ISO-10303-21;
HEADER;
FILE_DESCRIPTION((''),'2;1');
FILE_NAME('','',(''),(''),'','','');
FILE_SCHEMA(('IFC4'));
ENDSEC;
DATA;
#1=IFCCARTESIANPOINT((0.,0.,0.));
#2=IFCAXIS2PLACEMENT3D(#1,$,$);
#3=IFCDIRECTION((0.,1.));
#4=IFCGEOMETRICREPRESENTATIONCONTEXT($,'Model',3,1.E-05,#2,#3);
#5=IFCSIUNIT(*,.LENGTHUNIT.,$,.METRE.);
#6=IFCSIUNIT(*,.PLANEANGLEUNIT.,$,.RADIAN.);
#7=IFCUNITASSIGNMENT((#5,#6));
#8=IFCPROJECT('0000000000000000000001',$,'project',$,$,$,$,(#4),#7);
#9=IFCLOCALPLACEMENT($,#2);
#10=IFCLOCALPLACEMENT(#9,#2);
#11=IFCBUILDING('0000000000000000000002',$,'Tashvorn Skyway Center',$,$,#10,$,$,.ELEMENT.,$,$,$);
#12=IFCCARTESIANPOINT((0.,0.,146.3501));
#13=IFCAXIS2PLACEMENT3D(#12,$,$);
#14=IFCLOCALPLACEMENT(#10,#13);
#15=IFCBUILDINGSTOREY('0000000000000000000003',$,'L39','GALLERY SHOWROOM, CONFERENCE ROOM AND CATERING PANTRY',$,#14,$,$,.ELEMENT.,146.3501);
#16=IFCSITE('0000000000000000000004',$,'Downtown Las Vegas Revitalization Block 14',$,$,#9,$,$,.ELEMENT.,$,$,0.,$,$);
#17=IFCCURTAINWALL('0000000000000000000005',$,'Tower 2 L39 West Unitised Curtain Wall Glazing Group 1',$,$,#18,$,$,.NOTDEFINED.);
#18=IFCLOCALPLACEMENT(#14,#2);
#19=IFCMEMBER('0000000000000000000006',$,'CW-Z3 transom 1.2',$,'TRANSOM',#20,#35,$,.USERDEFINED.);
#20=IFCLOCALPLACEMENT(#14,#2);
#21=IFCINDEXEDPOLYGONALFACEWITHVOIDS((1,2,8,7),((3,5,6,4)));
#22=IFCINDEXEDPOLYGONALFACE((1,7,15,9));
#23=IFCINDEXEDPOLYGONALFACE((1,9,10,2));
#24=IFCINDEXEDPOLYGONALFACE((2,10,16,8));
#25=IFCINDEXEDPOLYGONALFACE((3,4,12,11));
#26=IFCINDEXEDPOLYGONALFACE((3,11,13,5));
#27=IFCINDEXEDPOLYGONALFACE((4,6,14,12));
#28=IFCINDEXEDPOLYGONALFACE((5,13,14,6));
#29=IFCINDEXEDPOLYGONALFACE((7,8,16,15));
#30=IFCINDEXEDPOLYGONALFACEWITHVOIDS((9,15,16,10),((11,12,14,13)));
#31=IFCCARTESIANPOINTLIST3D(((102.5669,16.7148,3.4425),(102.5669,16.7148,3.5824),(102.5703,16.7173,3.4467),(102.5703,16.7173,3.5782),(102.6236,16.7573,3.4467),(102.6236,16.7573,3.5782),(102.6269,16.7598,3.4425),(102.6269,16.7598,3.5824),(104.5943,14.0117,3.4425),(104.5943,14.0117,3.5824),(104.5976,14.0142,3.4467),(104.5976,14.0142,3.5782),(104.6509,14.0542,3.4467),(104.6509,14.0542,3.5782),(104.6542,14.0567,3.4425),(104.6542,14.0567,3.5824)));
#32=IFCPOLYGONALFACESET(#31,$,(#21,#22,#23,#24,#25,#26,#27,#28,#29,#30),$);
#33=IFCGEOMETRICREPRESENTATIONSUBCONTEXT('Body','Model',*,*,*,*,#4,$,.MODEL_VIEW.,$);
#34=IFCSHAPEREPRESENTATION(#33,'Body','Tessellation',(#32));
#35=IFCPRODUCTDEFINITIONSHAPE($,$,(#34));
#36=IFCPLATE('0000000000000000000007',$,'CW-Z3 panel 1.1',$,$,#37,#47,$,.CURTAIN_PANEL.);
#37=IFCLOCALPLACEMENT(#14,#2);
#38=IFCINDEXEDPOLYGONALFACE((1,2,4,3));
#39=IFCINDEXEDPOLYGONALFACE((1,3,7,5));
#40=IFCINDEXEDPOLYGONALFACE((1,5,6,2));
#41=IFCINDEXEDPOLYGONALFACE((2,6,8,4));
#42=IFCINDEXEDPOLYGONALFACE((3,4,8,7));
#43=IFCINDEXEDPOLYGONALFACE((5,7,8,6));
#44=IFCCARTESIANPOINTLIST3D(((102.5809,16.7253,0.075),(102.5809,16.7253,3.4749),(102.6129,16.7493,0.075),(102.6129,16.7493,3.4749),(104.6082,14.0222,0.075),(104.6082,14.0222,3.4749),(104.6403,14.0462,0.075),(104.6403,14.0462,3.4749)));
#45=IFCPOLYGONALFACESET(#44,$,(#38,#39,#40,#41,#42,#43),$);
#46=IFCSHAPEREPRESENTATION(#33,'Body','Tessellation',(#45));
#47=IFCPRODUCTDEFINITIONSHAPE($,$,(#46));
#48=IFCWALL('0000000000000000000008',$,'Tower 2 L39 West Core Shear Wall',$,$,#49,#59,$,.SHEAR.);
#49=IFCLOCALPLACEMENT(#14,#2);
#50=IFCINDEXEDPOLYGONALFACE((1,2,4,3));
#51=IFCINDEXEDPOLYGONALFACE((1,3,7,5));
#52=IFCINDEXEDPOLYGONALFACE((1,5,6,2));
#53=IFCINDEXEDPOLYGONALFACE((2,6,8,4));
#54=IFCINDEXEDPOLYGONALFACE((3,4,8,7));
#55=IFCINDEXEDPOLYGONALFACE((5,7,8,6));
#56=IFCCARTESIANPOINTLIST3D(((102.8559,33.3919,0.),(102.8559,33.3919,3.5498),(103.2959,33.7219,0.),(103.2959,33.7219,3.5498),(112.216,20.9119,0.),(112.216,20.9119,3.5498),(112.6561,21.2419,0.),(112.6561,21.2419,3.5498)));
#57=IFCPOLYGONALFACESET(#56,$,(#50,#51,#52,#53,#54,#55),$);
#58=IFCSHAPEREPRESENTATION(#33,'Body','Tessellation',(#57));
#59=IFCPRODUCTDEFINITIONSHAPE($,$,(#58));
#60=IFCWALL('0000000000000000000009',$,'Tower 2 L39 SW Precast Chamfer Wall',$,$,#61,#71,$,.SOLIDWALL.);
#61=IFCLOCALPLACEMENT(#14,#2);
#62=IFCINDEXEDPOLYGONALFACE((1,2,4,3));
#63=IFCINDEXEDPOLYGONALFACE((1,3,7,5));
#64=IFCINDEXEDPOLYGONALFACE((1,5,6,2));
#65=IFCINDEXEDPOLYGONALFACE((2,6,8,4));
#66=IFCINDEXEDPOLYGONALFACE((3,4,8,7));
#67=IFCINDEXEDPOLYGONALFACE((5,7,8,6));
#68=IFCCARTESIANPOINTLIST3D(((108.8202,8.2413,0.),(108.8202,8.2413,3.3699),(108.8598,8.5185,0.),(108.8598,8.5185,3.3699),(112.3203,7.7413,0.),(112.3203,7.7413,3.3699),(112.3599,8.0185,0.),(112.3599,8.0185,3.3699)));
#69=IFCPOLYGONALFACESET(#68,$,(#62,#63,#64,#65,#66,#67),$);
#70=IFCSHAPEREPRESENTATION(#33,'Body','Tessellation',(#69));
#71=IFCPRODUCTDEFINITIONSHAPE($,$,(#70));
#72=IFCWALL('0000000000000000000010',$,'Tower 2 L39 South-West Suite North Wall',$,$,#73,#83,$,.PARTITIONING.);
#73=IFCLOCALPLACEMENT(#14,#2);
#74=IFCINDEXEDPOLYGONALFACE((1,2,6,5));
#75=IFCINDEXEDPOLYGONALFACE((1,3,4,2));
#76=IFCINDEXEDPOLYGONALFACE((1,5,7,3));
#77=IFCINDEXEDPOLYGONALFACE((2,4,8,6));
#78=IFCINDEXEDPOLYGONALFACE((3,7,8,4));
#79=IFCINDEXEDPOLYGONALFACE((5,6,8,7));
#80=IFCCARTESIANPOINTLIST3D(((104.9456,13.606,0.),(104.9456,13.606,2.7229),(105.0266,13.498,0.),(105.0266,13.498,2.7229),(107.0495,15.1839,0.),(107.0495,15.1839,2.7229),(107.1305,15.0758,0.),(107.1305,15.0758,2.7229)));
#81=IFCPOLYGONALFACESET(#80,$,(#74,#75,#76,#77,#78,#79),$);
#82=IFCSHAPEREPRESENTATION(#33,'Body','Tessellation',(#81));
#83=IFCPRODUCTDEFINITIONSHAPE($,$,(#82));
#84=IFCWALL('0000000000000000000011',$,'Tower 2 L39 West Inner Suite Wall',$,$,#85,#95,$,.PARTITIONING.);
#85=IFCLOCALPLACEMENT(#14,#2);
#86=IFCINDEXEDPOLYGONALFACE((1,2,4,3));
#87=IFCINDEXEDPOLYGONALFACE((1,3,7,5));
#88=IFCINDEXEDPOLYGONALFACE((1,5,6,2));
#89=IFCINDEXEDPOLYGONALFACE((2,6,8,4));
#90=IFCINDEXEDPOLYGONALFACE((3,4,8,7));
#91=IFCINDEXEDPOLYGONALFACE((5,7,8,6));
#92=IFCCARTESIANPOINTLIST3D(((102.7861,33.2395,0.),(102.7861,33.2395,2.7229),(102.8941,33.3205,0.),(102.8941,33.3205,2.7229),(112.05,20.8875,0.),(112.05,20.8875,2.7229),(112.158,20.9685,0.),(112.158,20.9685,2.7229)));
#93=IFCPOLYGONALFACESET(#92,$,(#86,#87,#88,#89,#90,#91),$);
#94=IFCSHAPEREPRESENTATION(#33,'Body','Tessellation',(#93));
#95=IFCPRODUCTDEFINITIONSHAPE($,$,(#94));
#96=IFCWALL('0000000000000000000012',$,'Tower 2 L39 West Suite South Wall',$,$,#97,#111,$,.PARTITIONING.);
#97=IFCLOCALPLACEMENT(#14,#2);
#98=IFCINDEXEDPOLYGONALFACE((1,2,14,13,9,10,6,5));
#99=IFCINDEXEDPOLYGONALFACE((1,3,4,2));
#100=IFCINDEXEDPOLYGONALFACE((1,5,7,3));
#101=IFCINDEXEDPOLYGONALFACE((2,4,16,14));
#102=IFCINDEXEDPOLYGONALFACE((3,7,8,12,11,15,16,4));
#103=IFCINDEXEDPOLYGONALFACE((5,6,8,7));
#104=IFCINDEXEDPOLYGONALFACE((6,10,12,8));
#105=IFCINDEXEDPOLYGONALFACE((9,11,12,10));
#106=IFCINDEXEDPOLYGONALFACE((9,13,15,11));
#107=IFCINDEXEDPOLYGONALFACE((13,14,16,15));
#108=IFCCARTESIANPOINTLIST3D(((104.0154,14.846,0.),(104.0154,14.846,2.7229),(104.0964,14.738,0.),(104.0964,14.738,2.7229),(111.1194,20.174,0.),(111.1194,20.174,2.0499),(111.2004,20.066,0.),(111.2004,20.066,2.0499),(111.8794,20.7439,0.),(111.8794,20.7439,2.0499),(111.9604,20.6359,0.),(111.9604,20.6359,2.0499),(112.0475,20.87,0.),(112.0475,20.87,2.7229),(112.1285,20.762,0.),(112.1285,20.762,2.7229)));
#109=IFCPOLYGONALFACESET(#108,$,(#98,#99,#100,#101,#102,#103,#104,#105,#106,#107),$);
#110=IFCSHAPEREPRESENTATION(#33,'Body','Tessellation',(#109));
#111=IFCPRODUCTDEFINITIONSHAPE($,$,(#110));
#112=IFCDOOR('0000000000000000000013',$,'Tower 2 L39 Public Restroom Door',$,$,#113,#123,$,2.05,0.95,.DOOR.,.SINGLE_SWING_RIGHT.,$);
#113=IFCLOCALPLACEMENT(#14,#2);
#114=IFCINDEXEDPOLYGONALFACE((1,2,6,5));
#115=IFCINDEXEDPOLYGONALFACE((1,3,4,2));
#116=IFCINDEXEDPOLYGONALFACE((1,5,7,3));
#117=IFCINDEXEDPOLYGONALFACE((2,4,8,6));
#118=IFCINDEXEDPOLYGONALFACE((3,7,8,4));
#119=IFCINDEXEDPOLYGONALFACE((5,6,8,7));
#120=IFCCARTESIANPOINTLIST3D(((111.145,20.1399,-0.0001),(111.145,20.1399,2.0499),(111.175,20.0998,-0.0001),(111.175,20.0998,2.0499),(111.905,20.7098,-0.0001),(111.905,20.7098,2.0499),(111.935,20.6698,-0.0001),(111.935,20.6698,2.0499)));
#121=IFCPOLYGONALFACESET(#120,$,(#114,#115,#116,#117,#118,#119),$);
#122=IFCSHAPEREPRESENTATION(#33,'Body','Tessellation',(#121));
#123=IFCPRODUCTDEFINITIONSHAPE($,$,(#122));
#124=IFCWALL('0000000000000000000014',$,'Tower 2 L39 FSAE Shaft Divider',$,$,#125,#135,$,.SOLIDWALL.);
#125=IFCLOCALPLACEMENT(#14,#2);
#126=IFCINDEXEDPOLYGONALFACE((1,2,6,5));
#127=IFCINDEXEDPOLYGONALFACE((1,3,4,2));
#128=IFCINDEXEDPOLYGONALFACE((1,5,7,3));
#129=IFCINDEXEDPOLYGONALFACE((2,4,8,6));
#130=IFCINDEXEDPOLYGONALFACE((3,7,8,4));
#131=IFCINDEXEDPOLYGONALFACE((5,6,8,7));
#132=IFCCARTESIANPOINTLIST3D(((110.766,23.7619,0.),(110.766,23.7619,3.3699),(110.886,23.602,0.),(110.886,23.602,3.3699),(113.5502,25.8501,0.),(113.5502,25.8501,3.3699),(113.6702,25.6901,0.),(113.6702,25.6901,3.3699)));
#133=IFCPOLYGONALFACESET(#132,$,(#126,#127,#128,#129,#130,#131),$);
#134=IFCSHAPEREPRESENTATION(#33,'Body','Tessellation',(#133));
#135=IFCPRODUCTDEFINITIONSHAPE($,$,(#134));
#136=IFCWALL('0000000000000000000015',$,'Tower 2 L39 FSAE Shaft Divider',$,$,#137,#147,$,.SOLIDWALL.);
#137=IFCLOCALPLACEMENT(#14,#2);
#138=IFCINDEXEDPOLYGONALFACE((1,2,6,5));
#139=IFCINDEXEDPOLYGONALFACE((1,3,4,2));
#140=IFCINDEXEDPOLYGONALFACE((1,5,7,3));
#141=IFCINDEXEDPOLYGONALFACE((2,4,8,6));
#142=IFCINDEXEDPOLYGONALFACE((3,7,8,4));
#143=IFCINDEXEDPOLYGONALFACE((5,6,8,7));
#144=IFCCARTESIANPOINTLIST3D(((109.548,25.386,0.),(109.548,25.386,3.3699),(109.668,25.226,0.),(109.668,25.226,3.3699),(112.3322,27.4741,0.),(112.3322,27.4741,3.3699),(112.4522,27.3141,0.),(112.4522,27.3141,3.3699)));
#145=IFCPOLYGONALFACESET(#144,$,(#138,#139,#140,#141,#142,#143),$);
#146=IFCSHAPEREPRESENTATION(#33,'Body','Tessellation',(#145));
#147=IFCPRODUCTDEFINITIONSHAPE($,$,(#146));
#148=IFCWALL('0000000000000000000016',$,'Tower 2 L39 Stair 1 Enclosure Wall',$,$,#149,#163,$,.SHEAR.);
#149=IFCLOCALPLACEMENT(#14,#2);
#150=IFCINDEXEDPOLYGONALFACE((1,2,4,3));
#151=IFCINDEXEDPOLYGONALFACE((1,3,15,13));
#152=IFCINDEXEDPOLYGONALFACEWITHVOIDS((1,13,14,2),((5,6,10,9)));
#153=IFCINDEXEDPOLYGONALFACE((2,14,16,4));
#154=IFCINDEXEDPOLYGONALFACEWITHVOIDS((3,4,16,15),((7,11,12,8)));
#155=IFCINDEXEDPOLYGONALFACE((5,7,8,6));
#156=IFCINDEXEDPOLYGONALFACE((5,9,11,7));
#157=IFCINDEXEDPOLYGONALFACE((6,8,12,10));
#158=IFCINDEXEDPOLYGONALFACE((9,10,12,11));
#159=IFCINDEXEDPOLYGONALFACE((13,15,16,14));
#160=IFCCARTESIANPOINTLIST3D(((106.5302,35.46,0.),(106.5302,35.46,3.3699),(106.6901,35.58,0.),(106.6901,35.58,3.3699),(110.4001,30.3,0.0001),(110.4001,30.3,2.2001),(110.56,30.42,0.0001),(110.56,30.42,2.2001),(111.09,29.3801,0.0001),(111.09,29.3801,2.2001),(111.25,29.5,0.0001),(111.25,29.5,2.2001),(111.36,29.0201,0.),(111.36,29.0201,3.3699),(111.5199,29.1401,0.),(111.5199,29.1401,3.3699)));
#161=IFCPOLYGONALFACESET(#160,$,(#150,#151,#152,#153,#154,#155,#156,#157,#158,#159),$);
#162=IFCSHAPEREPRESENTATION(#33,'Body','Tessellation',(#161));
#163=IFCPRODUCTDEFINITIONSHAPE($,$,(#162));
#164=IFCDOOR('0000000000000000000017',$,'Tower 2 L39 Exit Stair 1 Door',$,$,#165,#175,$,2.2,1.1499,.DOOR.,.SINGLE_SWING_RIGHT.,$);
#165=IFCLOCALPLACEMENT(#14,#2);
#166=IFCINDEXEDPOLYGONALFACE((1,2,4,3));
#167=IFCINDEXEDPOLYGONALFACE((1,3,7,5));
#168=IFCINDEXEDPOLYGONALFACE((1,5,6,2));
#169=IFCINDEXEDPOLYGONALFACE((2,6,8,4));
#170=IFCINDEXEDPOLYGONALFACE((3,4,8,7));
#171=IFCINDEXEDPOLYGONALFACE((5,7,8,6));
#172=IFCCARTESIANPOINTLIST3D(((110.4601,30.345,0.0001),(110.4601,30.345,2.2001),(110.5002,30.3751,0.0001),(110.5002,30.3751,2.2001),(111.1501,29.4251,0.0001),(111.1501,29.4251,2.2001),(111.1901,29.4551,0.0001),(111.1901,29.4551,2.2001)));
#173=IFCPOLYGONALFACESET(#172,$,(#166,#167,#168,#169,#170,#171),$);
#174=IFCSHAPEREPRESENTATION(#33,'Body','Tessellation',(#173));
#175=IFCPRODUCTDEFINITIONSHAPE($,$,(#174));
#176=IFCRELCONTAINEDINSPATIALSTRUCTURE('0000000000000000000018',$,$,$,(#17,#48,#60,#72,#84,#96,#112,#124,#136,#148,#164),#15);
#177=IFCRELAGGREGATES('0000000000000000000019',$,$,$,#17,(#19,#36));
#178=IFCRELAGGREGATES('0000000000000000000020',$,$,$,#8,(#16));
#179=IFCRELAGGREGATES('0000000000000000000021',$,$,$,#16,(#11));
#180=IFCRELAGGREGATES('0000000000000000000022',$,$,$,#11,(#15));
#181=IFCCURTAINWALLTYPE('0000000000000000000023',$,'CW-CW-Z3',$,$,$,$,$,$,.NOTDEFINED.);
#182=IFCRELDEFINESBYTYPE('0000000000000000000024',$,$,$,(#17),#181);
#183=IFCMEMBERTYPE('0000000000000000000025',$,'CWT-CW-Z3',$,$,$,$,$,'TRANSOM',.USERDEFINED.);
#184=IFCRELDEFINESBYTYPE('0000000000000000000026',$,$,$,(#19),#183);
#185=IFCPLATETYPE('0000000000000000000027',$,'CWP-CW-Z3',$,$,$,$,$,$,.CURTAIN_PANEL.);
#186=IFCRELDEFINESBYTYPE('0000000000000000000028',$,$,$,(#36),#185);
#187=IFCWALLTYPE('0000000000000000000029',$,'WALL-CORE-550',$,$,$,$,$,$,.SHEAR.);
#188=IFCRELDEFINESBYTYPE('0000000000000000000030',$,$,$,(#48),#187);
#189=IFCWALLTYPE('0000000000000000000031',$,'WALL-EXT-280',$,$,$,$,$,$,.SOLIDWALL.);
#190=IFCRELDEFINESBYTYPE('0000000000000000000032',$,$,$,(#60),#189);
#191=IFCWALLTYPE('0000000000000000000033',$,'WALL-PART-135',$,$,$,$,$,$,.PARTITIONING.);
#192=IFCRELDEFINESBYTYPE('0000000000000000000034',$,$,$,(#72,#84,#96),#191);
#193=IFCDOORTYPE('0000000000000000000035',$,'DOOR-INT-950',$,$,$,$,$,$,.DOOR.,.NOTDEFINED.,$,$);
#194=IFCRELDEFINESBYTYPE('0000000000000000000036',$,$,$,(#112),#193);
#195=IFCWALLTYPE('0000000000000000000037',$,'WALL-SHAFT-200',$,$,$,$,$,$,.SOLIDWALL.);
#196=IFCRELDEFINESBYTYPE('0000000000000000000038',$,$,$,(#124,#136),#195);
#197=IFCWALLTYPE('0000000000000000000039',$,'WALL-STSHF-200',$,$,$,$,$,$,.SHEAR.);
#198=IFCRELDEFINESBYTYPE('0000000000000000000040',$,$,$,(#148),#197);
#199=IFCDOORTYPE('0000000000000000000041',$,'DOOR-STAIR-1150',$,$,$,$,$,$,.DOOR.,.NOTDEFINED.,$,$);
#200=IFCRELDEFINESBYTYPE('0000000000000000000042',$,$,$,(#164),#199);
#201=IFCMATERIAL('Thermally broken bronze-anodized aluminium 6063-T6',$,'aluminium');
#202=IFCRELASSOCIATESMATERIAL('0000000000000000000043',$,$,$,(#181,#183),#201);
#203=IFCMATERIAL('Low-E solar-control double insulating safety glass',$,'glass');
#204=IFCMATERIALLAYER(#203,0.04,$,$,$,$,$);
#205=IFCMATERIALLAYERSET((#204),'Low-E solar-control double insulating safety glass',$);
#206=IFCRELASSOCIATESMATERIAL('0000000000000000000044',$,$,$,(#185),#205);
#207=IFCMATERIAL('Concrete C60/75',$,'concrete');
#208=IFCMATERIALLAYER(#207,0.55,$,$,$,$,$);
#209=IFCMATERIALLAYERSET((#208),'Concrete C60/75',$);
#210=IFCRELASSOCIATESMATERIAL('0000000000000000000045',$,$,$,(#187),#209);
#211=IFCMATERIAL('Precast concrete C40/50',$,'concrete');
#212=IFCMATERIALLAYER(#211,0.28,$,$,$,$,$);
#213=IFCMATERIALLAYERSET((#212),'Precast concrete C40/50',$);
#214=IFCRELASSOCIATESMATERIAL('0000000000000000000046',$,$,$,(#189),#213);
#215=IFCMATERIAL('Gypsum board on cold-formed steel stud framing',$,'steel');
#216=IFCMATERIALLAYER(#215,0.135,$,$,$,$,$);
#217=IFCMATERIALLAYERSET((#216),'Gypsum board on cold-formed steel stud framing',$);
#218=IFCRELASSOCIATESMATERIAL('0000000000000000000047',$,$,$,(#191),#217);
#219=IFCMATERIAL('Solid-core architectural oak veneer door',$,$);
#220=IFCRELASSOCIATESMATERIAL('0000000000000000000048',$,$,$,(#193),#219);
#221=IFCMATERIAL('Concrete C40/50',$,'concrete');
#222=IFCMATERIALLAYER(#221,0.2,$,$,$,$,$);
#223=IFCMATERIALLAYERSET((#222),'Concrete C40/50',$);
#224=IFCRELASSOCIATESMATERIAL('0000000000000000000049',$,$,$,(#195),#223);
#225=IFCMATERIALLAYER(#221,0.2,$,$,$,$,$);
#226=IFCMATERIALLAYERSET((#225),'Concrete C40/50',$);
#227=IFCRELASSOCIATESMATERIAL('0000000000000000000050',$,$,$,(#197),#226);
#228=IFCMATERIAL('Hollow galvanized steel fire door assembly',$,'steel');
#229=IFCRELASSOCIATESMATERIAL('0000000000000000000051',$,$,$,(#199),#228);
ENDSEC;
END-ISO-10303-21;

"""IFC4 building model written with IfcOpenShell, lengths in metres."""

from ifc_helpers import new_model, si_unit, direction, frame, frame_2d, origin, origin_2d, place, context, subcontext, project, spatial, rectangle, hollow_rectangle, extrude, material, layer, layer_set, material_profile, profile_set, type_object, element, fill, aggregate, save


model = new_model("IFC4")

# Units and contexts
model_context = context("Model", 3, precision=1e-05, world=origin(), true_north=direction((0.0, 1.0)))
body_context = subcontext(model_context, "Body", "Model", "MODEL_VIEW")
ifc_project = project(units=[si_unit("LENGTHUNIT", "METRE"), si_unit("PLANEANGLEUNIT", "RADIAN")], contexts=[model_context])

# Site, building, storey
site_placement = place(None, origin())
site = spatial("IfcSite", under=ifc_project, at=site_placement, Name="Downtown Las Vegas Revitalization Block 14", CompositionType="ELEMENT", RefElevation=0.0)
building_placement = place(site_placement, origin())
building = spatial("IfcBuilding", under=site, at=building_placement, Name="Tashvorn Skyway Center", CompositionType="ELEMENT")
storey_placement = place(building_placement, frame((0.0, 0.0, 146.3501)))
storey = spatial("IfcBuildingStorey", under=building, at=storey_placement, Name="L39", Description="GALLERY SHOWROOM, CONFERENCE ROOM AND CATERING PANTRY", CompositionType="ELEMENT", Elevation=146.3501)

# Shared definitions
ifc_material_1 = material(Name="Concrete C60/75", Category="concrete")

# Curtain wall, member, plate
ifc_material_2 = material(Name="Thermally broken bronze-anodized aluminium 6063-T6", Category="aluminium")
curtain_wall_type = type_object("IfcCurtainWallType", Name="CW-CW-Z3", PredefinedType="NOTDEFINED", material=ifc_material_2)
curtain_wall_placement = place(storey_placement, origin())
curtain_wall = element("IfcCurtainWall", 1, at=curtain_wall_placement, inside=storey, type_object=curtain_wall_type, Name="Tower 2 L39 West Unitised Curtain Wall Glazing Group 1", PredefinedType="NOTDEFINED")
ifc_material_profile_1 = material_profile(ifc_material_2, hollow_rectangle(XDim=0.075, YDim=0.1399, WallThickness=0.0042, at=origin_2d()), Name="ALU-TRAN-75x140")
ifc_profile_set_1 = profile_set([ifc_material_profile_1], Name="Thermally broken bronze-anodized aluminium 6063-T6")
member_type_1 = type_object("IfcMemberType", Name="CWT-CW-Z3", ElementType="TRANSOM", PredefinedType="USERDEFINED", material=ifc_profile_set_1)
member_1_placement = place(storey_placement, frame((104.6243, 14.0342, 3.5125), z_axis=(-0.6, 0.8, 0.0), x_axis=(-0.8, -0.6, 0.0)))
member_1 = element("IfcMember", 2, at=member_1_placement, type_object=member_type_1, Name="CW-Z3 transom 1.2", ObjectType="TRANSOM", PredefinedType="USERDEFINED", context=body_context, shape_type="SweptSolid", body=[
    extrude(hollow_rectangle(XDim=0.075, YDim=0.1399, WallThickness=0.0042, at=origin_2d()), origin(), (0.0, 0.0, 1.0), 3.3789),
])
ifc_material_3 = material(Name="Low-E solar-control double insulating safety glass", Category="glass")
ifc_layer_1 = layer(ifc_material_3, 0.04)
ifc_layer_set_1 = layer_set([ifc_layer_1], Name="Low-E solar-control double insulating safety glass")
plate_type = type_object("IfcPlateType", Name="CWP-CW-Z3", PredefinedType="CURTAIN_PANEL", material=ifc_layer_set_1)
plate_placement = place(storey_placement, frame((103.6106, 15.3857, 0.075), z_axis=(0.0, 0.0, 1.0), x_axis=(-0.599995, 0.800003, 0.0)))
plate = element("IfcPlate", 3, at=plate_placement, type_object=plate_type, Name="CW-Z3 panel 1.1", PredefinedType="CURTAIN_PANEL", context=body_context, shape_type="SweptSolid", body=[
    extrude(rectangle(XDim=3.3789, YDim=0.04, at=origin_2d()), origin(), (0.0, 0.0, 1.0), 3.3999),
])
aggregate(curtain_wall, [member_1, plate])

# Walls
ifc_layer_2 = layer(ifc_material_1, 0.55)
ifc_layer_set_2 = layer_set([ifc_layer_2], Name="Concrete C60/75")
wall_type_1 = type_object("IfcWallType", Name="WALL-CORE-550", PredefinedType="SHEAR", material=ifc_layer_set_2)
wall_1_placement = place(storey_placement, frame((112.436, 21.0769, 0.0), z_axis=(0.0, 0.0, 1.0), x_axis=(-0.600005, 0.799996, 0.0)))
element("IfcWall", 4, at=wall_1_placement, inside=storey, type_object=wall_type_1, Name="Tower 2 L39 West Core Shear Wall", PredefinedType="SHEAR", context=body_context, shape_type="SweptSolid", body=[
    extrude(rectangle(XDim=15.6001, YDim=0.55, at=frame_2d((7.8, 0.0))), origin(), (0.0, 0.0, 1.0), 3.5498),
])
ifc_material_4 = material(Name="Precast concrete C40/50", Category="concrete")
ifc_layer_3 = layer(ifc_material_4, 0.28)
ifc_layer_set_3 = layer_set([ifc_layer_3], Name="Precast concrete C40/50")
wall_type_2 = type_object("IfcWallType", Name="WALL-EXT-280", PredefinedType="SOLIDWALL", material=ifc_layer_set_3)
wall_2_placement = place(storey_placement, frame((112.3401, 7.8799, 0.0), z_axis=(0.0, 0.0, 1.0), x_axis=(-0.989949, 0.141421, 0.0)))
element("IfcWall", 5, at=wall_2_placement, inside=storey, type_object=wall_type_2, Name="Tower 2 L39 SW Precast Chamfer Wall", PredefinedType="SOLIDWALL", context=body_context, shape_type="SweptSolid", body=[
    extrude(rectangle(XDim=3.5356, YDim=0.28, at=frame_2d((1.7678, 0.0))), origin(), (0.0, 0.0, 1.0), 3.3699),
])
ifc_material_5 = material(Name="Gypsum board on cold-formed steel stud framing", Category="steel")
ifc_layer_4 = layer(ifc_material_5, 0.135)
ifc_layer_set_4 = layer_set([ifc_layer_4], Name="Gypsum board on cold-formed steel stud framing")
wall_type_3 = type_object("IfcWallType", Name="WALL-PART-135", PredefinedType="PARTITIONING", material=ifc_layer_set_4)
wall_3_placement = place(storey_placement, frame((104.9861, 13.552, 0.0), z_axis=(0.0, 0.0, 1.0), x_axis=(0.800022, 0.59997, 0.0)))
element("IfcWall", 6, at=wall_3_placement, inside=storey, type_object=wall_type_3, Name="Tower 2 L39 South-West Suite North Wall", PredefinedType="PARTITIONING", context=body_context, shape_type="SweptSolid", body=[
    extrude(rectangle(XDim=2.6299, YDim=0.135, at=frame_2d((1.3149, 0.0))), origin(), (0.0, 0.0, 1.0), 2.7229),
])
wall_4_placement = place(storey_placement, frame((112.104, 20.928, 0.0), z_axis=(0.0, 0.0, 1.0), x_axis=(-0.599995, 0.800004, 0.0)))
element("IfcWall", 7, at=wall_4_placement, inside=storey, type_object=wall_type_3, Name="Tower 2 L39 West Inner Suite Wall", PredefinedType="PARTITIONING", context=body_context, shape_type="SweptSolid", body=[
    extrude(rectangle(XDim=15.4399, YDim=0.135, at=frame_2d((7.72, 0.0))), origin(), (0.0, 0.0, 1.0), 2.7229),
])

# Wall, opening, door
wall_5_placement = place(storey_placement, frame((104.0559, 14.792, 0.0), z_axis=(0.0, 0.0, 1.0), x_axis=(0.800003, 0.599996, 0.0)))
wall_5 = element("IfcWall", 8, at=wall_5_placement, inside=storey, type_object=wall_type_3, Name="Tower 2 L39 West Suite South Wall", PredefinedType="PARTITIONING", context=body_context, shape_type="SweptSolid", body=[
    extrude(rectangle(XDim=10.04, YDim=0.135, at=frame_2d((5.02, 0.0))), origin(), (0.0, 0.0, 1.0), 2.7229),
])
opening_1_placement = place(wall_5_placement, frame((8.8799, 0.0, 0.0)))
opening_1 = element("IfcOpeningElement", 9, at=opening_1_placement, cuts=wall_5, PredefinedType="OPENING", context=body_context, shape_type="SweptSolid", body=[
    extrude(rectangle(XDim=0.95, YDim=2.05, at=frame_2d((0.4751, 1.0249))), frame((0.0, 0.0774, 0.0), z_axis=(0.0, -1.0, 0.0), x_axis=(1.0, 0.0, 0.0)), (0.0, 0.0, 1.0), 0.155),
])
ifc_material_6 = material(Name="Solid-core architectural oak veneer door")
door_type_1 = type_object("IfcDoorType", Name="DOOR-INT-950", OperationType="NOTDEFINED", PredefinedType="DOOR", material=ifc_material_6)
door_1_placement = place(opening_1_placement, origin())
door_1 = element("IfcDoor", 10, at=door_1_placement, inside=storey, type_object=door_type_1, Name="Tower 2 L39 Public Restroom Door", OperationType="SINGLE_SWING_RIGHT", OverallHeight=2.05, OverallWidth=0.95, PredefinedType="DOOR", context=body_context, shape_type="SweptSolid", body=[
    extrude(rectangle(XDim=0.95, YDim=2.05, at=frame_2d((0.4751, 1.0249))), frame((0.0, 0.0249, 0.0), z_axis=(0.0, -1.0, 0.0), x_axis=(1.0, 0.0, 0.0)), (0.0, 0.0, 1.0), 0.05),
])
fill(opening_1, door_1)

# Walls
ifc_material_7 = material(Name="Concrete C40/50", Category="concrete")
ifc_layer_5 = layer(ifc_material_7, 0.2)
ifc_layer_set_5 = layer_set([ifc_layer_5], Name="Concrete C40/50")
wall_type_4 = type_object("IfcWallType", Name="WALL-SHAFT-200", PredefinedType="SOLIDWALL", material=ifc_layer_set_5)
for number, where, z_axis, x_axis, name in (
    (11, (110.8259, 23.6819, 0.0), (0.0, 0.0, 1.0), (0.8, 0.6, 0.0), "Tower 2 L39 FSAE Shaft Divider"),
    (12, (109.6079, 25.3059, 0.0), (0.0, 0.0, 1.0), (0.8, 0.6, 0.0), "Tower 2 L39 FSAE Shaft Divider"),
):
    element("IfcWall", number, at=place(storey_placement, frame(where, z_axis=z_axis, x_axis=x_axis)), inside=storey, type_object=wall_type_4, Name=name, PredefinedType="SOLIDWALL", context=body_context, shape_type="SweptSolid", body=[
        extrude(rectangle(XDim=3.4802, YDim=0.2, at=frame_2d((1.7402, 0.0))), origin(), (0.0, 0.0, 1.0), 3.3699),
    ])

# Wall, opening, door
ifc_layer_6 = layer(ifc_material_7, 0.2)
ifc_layer_set_6 = layer_set([ifc_layer_6], Name="Concrete C40/50")
wall_type_5 = type_object("IfcWallType", Name="WALL-STSHF-200", PredefinedType="SHEAR", material=ifc_layer_set_6)
wall_6_placement = place(storey_placement, frame((111.4399, 29.0801, 0.0), z_axis=(0.0, 0.0, 1.0), x_axis=(-0.59999, 0.800007, 0.0)))
wall_6 = element("IfcWall", 13, at=wall_6_placement, inside=storey, type_object=wall_type_5, Name="Tower 2 L39 Stair 1 Enclosure Wall", PredefinedType="SHEAR", context=body_context, shape_type="SweptSolid", body=[
    extrude(rectangle(XDim=8.0498, YDim=0.2, at=frame_2d((4.0249, 0.0))), origin(), (0.0, 0.0, 1.0), 3.3699),
])
opening_2_placement = place(wall_6_placement, frame((0.45, 0.0, 0.0)))
opening_2 = element("IfcOpeningElement", 14, at=opening_2_placement, cuts=wall_6, PredefinedType="OPENING", context=body_context, shape_type="SweptSolid", body=[
    extrude(rectangle(XDim=1.1499, YDim=2.2, at=frame_2d((0.575, 1.1001))), frame((0.0, 0.1099, 0.0), z_axis=(0.0, -1.0, 0.0), x_axis=(1.0, 0.0, 0.0)), (0.0, 0.0, 1.0), 0.22),
])
ifc_material_8 = material(Name="Hollow galvanized steel fire door assembly", Category="steel")
door_type_2 = type_object("IfcDoorType", Name="DOOR-STAIR-1150", OperationType="NOTDEFINED", PredefinedType="DOOR", material=ifc_material_8)
door_2_placement = place(opening_2_placement, origin())
door_2 = element("IfcDoor", 15, at=door_2_placement, inside=storey, type_object=door_type_2, Name="Tower 2 L39 Exit Stair 1 Door", OperationType="SINGLE_SWING_RIGHT", OverallHeight=2.2, OverallWidth=1.1499, PredefinedType="DOOR", context=body_context, shape_type="SweptSolid", body=[
    extrude(rectangle(XDim=1.1499, YDim=2.2, at=frame_2d((0.575, 1.1001))), frame((0.0, 0.0249, 0.0), z_axis=(0.0, -1.0, 0.0), x_axis=(1.0, 0.0, 0.0)), (0.0, 0.0, 1.0), 0.05),
])
fill(opening_2, door_2)

save(model, "model.ifc")
